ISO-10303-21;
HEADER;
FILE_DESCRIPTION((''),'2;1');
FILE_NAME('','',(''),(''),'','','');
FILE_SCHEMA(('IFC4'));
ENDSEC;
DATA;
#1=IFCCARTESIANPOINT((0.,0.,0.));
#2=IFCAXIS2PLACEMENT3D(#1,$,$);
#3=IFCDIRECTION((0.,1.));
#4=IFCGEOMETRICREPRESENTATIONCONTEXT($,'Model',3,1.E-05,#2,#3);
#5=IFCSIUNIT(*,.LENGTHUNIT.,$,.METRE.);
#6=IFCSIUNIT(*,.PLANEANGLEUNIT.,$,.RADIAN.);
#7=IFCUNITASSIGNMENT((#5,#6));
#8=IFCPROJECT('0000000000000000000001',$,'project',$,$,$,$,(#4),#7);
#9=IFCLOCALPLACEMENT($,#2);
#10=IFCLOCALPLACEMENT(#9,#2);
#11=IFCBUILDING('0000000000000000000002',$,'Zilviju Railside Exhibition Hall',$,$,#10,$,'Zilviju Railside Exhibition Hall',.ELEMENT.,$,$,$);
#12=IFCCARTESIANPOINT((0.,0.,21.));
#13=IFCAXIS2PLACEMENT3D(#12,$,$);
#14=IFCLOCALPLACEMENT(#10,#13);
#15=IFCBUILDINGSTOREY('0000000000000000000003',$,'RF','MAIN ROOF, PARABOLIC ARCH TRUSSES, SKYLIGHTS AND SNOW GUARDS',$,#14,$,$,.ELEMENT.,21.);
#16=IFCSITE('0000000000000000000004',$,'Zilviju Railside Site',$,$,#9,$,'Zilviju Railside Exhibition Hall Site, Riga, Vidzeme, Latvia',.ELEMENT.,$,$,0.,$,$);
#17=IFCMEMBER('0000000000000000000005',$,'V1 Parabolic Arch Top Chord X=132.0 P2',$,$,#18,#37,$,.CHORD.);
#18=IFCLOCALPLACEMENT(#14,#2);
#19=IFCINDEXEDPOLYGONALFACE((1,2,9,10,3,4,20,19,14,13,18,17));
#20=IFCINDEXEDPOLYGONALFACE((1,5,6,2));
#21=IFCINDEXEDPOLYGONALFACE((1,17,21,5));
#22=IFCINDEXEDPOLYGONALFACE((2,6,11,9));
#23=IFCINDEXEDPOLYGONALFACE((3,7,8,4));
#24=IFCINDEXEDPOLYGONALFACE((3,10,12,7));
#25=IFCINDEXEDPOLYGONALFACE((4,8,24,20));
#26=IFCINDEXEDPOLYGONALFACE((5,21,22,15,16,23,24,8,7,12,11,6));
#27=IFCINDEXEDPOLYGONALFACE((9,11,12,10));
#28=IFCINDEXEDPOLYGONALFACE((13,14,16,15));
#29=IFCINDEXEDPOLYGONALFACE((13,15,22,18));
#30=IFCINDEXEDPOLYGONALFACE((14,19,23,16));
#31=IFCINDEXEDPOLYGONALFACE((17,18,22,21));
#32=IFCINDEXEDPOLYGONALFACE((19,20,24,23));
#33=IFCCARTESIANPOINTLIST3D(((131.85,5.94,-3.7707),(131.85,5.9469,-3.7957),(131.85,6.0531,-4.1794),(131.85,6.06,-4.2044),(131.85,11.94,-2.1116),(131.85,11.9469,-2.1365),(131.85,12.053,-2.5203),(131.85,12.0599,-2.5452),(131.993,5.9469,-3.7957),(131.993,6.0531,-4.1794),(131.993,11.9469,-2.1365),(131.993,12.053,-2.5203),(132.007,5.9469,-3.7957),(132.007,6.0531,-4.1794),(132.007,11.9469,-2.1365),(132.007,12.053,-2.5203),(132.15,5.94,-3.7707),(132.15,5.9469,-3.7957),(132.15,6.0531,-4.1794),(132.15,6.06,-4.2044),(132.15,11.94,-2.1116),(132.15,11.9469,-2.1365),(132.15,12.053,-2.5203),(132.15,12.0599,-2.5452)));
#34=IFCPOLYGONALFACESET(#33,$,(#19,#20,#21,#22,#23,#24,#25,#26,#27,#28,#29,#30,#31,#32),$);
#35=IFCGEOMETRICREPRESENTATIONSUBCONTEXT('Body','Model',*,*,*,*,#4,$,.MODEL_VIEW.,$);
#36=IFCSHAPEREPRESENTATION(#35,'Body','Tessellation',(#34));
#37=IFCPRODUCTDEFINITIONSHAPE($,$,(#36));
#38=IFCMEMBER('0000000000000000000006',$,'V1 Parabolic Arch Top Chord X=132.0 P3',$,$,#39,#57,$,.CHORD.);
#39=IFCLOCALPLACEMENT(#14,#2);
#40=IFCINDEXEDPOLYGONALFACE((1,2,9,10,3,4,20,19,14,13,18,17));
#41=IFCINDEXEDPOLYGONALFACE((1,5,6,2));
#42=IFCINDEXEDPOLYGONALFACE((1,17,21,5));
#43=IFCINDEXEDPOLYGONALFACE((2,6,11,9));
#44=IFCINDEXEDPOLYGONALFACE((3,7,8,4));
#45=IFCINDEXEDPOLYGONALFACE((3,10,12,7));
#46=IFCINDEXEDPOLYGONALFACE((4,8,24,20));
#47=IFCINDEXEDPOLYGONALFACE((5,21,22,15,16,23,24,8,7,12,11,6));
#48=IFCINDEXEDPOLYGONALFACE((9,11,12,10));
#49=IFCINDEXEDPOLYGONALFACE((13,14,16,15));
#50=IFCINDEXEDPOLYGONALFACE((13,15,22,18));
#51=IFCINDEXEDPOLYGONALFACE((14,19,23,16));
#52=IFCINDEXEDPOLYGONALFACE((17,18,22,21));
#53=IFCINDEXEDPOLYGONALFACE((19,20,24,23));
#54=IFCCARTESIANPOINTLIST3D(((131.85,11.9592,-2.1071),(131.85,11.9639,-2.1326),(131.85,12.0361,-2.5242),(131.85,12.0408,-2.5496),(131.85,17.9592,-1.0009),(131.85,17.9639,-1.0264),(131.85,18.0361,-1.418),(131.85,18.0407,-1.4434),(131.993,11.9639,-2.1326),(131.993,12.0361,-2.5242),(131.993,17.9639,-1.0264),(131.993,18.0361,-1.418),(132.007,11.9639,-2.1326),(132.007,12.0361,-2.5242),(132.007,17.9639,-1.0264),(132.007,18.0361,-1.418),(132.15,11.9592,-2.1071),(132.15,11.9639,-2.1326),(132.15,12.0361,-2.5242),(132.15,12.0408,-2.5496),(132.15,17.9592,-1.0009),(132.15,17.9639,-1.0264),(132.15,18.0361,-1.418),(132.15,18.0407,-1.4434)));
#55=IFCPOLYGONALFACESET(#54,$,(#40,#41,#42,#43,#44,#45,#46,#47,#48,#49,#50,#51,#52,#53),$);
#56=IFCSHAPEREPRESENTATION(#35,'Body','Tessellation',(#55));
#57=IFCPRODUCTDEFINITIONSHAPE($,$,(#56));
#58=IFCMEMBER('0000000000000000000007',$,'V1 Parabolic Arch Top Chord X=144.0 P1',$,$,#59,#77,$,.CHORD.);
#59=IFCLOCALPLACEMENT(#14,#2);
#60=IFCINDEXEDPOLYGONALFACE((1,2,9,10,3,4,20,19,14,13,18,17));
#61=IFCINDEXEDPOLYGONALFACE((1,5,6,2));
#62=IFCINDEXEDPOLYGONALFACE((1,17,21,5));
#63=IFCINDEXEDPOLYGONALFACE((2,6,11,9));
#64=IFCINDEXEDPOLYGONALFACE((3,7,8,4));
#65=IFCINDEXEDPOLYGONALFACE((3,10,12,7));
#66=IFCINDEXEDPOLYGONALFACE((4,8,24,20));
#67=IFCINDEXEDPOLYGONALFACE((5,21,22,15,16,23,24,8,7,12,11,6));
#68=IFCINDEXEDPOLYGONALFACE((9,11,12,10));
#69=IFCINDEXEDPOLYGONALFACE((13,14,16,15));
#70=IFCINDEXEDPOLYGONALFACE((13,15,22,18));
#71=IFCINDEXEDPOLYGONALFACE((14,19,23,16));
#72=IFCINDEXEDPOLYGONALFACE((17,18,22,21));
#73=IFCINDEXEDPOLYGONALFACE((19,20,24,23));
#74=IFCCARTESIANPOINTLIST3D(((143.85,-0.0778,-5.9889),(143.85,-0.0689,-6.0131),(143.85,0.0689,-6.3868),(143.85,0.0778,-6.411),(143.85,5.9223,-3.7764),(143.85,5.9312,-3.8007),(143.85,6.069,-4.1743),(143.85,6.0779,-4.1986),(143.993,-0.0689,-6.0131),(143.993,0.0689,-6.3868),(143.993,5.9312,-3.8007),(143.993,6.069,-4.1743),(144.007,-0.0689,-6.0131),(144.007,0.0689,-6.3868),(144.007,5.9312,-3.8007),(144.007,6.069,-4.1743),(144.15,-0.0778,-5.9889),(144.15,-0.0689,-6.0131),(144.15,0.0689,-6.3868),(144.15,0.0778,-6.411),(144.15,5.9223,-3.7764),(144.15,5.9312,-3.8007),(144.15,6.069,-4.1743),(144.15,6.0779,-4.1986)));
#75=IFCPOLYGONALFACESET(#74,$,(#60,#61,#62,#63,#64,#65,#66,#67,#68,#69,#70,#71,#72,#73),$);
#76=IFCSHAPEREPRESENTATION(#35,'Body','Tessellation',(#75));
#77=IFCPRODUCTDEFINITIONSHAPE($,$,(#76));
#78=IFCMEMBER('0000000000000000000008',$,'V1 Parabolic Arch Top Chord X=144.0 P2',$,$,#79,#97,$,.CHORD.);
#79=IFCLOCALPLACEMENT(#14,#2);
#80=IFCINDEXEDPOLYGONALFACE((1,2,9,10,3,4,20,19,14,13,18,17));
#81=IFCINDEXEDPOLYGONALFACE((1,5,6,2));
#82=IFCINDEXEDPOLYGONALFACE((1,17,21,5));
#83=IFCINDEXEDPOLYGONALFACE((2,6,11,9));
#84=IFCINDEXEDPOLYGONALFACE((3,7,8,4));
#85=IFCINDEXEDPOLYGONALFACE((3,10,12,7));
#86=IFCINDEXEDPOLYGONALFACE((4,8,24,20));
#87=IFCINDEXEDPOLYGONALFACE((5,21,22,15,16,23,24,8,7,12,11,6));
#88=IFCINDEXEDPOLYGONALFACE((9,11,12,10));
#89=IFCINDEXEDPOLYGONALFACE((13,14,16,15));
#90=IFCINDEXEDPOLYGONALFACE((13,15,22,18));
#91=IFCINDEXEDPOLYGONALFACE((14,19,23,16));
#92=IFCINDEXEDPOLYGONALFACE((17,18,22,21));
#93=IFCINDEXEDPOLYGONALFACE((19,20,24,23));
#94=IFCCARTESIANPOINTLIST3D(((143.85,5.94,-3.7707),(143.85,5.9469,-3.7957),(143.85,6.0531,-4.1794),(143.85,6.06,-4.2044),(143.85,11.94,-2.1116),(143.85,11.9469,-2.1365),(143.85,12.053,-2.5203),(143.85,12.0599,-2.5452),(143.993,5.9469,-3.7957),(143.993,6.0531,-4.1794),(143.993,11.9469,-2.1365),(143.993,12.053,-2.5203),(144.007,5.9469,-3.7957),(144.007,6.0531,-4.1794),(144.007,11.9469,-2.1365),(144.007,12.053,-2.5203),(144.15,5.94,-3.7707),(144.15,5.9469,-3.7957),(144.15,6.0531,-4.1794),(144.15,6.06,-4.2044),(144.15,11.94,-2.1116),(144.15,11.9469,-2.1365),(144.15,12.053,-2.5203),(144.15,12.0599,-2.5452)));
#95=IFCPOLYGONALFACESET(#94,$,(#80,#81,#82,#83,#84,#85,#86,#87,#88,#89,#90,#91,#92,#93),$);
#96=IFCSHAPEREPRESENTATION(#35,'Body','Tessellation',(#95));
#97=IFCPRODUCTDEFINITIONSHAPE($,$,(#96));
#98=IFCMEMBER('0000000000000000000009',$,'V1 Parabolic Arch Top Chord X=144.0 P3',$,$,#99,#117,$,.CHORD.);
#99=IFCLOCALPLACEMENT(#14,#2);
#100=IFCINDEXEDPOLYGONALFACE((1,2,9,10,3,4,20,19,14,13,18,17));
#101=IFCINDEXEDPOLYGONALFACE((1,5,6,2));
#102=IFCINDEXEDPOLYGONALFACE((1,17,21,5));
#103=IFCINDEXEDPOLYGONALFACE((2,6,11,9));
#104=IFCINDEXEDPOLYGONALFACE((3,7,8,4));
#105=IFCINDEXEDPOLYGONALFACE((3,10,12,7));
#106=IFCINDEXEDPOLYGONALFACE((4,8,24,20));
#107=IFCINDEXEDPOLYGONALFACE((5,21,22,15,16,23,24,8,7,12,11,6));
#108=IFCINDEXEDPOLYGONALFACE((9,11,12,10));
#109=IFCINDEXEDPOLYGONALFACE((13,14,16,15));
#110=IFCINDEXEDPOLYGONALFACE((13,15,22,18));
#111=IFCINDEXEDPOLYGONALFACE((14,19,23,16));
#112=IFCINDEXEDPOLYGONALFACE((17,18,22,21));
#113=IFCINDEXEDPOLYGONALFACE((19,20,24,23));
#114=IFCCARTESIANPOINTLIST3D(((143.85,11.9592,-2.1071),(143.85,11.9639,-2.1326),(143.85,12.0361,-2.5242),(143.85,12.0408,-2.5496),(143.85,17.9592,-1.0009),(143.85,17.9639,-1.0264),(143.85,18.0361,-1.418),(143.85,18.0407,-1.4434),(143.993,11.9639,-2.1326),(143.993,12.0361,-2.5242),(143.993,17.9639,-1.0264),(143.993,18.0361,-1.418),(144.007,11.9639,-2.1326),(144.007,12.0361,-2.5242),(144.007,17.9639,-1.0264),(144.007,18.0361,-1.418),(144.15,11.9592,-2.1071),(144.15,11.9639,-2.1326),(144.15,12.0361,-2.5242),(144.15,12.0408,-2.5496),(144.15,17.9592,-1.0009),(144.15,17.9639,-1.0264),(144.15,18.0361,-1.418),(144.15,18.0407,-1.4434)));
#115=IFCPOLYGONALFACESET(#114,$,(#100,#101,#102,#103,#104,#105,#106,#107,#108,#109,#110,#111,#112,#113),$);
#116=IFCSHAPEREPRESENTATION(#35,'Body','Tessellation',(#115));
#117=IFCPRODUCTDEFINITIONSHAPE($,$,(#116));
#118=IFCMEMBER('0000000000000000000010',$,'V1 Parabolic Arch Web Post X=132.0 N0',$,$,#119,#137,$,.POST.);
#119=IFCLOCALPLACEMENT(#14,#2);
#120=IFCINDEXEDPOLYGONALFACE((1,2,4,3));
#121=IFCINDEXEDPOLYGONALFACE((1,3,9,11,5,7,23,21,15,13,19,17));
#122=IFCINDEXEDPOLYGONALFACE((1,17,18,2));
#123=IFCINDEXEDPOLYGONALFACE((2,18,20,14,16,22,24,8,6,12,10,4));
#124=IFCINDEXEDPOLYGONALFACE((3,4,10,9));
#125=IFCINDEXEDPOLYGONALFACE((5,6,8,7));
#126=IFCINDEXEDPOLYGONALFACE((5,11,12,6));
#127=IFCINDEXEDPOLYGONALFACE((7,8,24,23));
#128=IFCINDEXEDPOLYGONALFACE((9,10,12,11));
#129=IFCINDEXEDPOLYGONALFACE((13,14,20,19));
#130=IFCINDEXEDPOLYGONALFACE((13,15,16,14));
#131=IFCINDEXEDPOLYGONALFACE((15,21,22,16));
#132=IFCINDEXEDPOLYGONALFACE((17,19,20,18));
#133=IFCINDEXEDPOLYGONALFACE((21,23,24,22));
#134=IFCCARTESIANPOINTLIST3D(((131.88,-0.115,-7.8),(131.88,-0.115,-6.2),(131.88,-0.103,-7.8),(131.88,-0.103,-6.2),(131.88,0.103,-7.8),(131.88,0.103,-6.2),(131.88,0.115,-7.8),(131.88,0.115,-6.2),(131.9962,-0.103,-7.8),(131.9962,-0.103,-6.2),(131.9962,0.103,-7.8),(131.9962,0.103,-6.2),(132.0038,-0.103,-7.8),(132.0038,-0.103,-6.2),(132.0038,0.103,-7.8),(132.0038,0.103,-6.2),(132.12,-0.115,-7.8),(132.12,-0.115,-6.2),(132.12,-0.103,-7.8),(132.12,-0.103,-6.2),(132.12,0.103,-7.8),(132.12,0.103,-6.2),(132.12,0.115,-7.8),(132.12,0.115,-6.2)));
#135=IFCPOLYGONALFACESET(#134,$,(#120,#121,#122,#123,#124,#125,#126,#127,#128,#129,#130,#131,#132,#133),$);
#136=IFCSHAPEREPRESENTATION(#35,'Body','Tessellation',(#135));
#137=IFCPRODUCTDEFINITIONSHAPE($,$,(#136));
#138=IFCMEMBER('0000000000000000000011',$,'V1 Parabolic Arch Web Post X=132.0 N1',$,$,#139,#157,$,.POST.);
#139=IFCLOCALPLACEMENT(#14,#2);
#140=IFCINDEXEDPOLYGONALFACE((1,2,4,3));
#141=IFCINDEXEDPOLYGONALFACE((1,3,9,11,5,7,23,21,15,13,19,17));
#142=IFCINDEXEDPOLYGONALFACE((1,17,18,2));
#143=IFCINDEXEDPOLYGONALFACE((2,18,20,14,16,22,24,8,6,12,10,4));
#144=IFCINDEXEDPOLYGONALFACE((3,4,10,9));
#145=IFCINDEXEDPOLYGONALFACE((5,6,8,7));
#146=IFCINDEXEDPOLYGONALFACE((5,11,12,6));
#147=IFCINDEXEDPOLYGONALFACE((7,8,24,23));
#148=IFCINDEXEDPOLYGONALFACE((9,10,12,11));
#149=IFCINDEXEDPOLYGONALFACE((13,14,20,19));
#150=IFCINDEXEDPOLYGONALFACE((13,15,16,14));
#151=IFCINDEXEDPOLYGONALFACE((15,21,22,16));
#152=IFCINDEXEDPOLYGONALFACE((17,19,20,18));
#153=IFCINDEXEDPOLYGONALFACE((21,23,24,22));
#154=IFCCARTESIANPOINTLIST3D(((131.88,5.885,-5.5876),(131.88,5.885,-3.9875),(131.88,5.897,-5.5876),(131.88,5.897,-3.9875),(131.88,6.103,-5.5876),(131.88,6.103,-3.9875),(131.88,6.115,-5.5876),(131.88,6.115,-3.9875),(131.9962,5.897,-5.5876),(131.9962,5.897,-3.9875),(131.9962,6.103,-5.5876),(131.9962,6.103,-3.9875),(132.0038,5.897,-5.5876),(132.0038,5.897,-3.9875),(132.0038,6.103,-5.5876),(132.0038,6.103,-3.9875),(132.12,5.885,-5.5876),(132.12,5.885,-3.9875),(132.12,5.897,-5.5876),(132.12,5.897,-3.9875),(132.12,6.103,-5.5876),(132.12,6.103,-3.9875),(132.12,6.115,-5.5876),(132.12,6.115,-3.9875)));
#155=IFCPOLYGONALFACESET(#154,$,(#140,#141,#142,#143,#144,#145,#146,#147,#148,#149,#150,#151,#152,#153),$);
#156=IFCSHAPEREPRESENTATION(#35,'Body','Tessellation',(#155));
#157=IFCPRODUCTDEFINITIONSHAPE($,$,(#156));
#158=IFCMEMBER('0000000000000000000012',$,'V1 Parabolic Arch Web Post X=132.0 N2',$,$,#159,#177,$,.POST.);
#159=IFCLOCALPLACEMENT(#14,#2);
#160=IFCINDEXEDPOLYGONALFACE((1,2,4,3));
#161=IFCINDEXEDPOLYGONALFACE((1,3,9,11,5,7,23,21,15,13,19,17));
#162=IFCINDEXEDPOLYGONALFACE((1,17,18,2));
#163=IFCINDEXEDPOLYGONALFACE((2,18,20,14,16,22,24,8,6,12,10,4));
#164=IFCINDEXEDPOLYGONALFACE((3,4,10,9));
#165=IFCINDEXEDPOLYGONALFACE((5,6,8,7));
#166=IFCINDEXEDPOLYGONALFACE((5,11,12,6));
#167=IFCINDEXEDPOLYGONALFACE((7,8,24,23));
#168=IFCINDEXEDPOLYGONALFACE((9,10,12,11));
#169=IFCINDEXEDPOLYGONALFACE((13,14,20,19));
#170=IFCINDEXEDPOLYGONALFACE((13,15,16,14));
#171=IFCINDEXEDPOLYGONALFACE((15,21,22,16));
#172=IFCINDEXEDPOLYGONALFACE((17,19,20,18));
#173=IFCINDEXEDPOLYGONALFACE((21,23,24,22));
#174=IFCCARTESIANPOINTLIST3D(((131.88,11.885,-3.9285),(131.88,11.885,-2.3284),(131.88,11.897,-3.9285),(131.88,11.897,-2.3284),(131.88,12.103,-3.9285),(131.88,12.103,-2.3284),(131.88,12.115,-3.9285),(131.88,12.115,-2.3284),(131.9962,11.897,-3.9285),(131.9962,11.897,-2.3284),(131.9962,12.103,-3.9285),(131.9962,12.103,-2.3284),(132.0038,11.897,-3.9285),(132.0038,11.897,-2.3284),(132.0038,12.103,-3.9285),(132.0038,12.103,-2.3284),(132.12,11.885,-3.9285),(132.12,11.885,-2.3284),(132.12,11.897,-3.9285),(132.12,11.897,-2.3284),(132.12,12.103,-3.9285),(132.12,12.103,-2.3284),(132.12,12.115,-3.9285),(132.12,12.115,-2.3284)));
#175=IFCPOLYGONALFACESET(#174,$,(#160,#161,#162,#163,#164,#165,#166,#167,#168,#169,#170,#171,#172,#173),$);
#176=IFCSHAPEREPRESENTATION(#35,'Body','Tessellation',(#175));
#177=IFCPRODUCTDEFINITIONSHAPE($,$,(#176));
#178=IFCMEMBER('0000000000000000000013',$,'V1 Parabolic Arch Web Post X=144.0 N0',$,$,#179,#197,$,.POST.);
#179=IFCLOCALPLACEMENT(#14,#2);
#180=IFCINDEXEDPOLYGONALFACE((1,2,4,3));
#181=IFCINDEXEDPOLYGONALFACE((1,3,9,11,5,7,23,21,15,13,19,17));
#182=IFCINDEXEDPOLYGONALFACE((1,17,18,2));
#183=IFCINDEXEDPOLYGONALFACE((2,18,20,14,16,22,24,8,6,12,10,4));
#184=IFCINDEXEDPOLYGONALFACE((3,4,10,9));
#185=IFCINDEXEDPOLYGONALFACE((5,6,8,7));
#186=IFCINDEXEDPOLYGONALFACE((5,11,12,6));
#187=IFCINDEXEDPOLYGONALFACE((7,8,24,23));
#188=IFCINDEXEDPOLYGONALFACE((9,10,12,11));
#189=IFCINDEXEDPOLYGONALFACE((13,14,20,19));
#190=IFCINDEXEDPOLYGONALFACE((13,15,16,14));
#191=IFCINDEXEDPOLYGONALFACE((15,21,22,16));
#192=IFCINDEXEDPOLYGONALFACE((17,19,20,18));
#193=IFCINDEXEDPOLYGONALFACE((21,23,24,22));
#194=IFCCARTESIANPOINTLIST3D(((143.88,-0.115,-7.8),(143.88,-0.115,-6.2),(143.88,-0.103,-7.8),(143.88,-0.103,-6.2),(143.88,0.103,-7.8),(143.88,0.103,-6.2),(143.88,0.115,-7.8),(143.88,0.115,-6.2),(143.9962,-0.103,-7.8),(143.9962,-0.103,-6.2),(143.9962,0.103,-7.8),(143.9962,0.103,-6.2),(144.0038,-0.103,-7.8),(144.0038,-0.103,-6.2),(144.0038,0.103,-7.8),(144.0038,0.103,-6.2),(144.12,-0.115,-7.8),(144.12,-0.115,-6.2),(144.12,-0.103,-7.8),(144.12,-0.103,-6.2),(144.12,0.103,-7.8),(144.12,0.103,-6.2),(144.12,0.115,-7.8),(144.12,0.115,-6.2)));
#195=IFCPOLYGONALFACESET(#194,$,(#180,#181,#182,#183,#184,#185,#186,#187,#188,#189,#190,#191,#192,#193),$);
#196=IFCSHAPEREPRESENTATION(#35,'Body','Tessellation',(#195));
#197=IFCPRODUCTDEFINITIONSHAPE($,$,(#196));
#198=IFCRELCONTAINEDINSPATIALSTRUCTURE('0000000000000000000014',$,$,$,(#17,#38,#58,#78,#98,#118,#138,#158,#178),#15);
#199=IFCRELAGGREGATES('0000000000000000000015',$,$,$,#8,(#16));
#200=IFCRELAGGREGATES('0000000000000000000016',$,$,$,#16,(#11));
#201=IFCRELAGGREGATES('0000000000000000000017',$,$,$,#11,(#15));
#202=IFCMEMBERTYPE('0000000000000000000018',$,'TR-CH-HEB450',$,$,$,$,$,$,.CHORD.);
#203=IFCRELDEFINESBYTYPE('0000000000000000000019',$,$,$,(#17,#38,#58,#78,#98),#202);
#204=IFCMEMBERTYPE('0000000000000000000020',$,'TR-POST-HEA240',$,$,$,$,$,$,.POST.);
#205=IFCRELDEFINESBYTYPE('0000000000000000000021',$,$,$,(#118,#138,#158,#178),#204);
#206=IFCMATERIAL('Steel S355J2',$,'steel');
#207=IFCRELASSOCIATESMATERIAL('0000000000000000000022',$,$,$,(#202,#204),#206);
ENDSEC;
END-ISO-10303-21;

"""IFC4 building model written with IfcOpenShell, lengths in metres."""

from ifc_helpers import new_model, si_unit, direction, frame, origin, origin_2d, place, context, subcontext, project, spatial, i_section, extrude, material, material_profile, profile_set, type_object, element, save


model = new_model("IFC4")

# Units and contexts
model_context = context("Model", 3, precision=1e-05, world=origin(), true_north=direction((0.0, 1.0)))
body_context = subcontext(model_context, "Body", "Model", "MODEL_VIEW")
ifc_project = project(units=[si_unit("LENGTHUNIT", "METRE"), si_unit("PLANEANGLEUNIT", "RADIAN")], contexts=[model_context])

# Site, building, storey
site_placement = place(None, origin())
site = spatial("IfcSite", under=ifc_project, at=site_placement, Name="Zilviju Railside Site", LongName="Zilviju Railside Exhibition Hall Site, Riga, Vidzeme, Latvia", CompositionType="ELEMENT", RefElevation=0.0)
building_placement = place(site_placement, origin())
building = spatial("IfcBuilding", under=site, at=building_placement, Name="Zilviju Railside Exhibition Hall", LongName="Zilviju Railside Exhibition Hall", CompositionType="ELEMENT")
storey_placement = place(building_placement, frame((0.0, 0.0, 21.0)))
storey = spatial("IfcBuildingStorey", under=building, at=storey_placement, Name="RF", Description="MAIN ROOF, PARABOLIC ARCH TRUSSES, SKYLIGHTS AND SNOW GUARDS", CompositionType="ELEMENT", Elevation=21.0)

# Members
ifc_material_1 = material(Name="Steel S355J2", Category="steel")
ifc_material_profile_1 = material_profile(ifc_material_1, i_section(OverallWidth=0.3, OverallDepth=0.45, WebThickness=0.0139, FlangeThickness=0.0259, at=origin_2d()), Name="HEB 450")
ifc_profile_set_1 = profile_set([ifc_material_profile_1], Name="Steel S355J2")
member_type_1 = type_object("IfcMemberType", Name="TR-CH-HEB450", PredefinedType="CHORD", material=ifc_profile_set_1)
member_1_placement = place(storey_placement, frame((132.0, 6.0, -3.9875), z_axis=(0.0, 0.963827, 0.266527), x_axis=(-1.0, 0.0, 0.0)))
element("IfcMember", 1, at=member_1_placement, inside=storey, type_object=member_type_1, Name="V1 Parabolic Arch Top Chord X=132.0 P2", PredefinedType="CHORD", context=body_context, shape_type="SweptSolid", body=[
    extrude(i_section(OverallWidth=0.3, OverallDepth=0.45, WebThickness=0.0139, FlangeThickness=0.0259, at=origin_2d()), origin(), (0.0, 0.0, 1.0), 6.2251),
])
member_2_placement = place(storey_placement, frame((132.0, 12.0, -2.3284), z_axis=(0.0, 0.983426, 0.181311), x_axis=(-1.0, 0.0, 0.0)))
element("IfcMember", 2, at=member_2_placement, inside=storey, type_object=member_type_1, Name="V1 Parabolic Arch Top Chord X=132.0 P3", PredefinedType="CHORD", context=body_context, shape_type="SweptSolid", body=[
    extrude(i_section(OverallWidth=0.3, OverallDepth=0.45, WebThickness=0.0139, FlangeThickness=0.0259, at=origin_2d()), origin(), (0.0, 0.0, 1.0), 6.1011),
])
member_3_placement = place(storey_placement, frame((144.0, 0.0, -6.2), z_axis=(0.0, 0.938248, 0.345964), x_axis=(-1.0, 0.0, 0.0)))
element("IfcMember", 3, at=member_3_placement, inside=storey, type_object=member_type_1, Name="V1 Parabolic Arch Top Chord X=144.0 P1", PredefinedType="CHORD", context=body_context, shape_type="SweptSolid", body=[
    extrude(i_section(OverallWidth=0.3, OverallDepth=0.45, WebThickness=0.0139, FlangeThickness=0.0259, at=origin_2d()), origin(), (0.0, 0.0, 1.0), 6.395),
])
member_4_placement = place(storey_placement, frame((144.0, 6.0, -3.9875), z_axis=(0.0, 0.963827, 0.266527), x_axis=(-1.0, 0.0, 0.0)))
element("IfcMember", 4, at=member_4_placement, inside=storey, type_object=member_type_1, Name="V1 Parabolic Arch Top Chord X=144.0 P2", PredefinedType="CHORD", context=body_context, shape_type="SweptSolid", body=[
    extrude(i_section(OverallWidth=0.3, OverallDepth=0.45, WebThickness=0.0139, FlangeThickness=0.0259, at=origin_2d()), origin(), (0.0, 0.0, 1.0), 6.2251),
])
member_5_placement = place(storey_placement, frame((144.0, 12.0, -2.3284), z_axis=(0.0, 0.983426, 0.181311), x_axis=(-1.0, 0.0, 0.0)))
element("IfcMember", 5, at=member_5_placement, inside=storey, type_object=member_type_1, Name="V1 Parabolic Arch Top Chord X=144.0 P3", PredefinedType="CHORD", context=body_context, shape_type="SweptSolid", body=[
    extrude(i_section(OverallWidth=0.3, OverallDepth=0.45, WebThickness=0.0139, FlangeThickness=0.0259, at=origin_2d()), origin(), (0.0, 0.0, 1.0), 6.1011),
])
ifc_material_profile_2 = material_profile(ifc_material_1, i_section(OverallWidth=0.24, OverallDepth=0.23, WebThickness=0.0076, FlangeThickness=0.012, at=origin_2d()), Name="HEA 240")
ifc_profile_set_2 = profile_set([ifc_material_profile_2], Name="Steel S355J2")
member_type_2 = type_object("IfcMemberType", Name="TR-POST-HEA240", PredefinedType="POST", material=ifc_profile_set_2)
for number, where, z_axis, x_axis, name in (
    (6, (132.0, 0.0, -7.8), (0.0, 0.0, 1.0), (1.0, 0.0, 0.0), "V1 Parabolic Arch Web Post X=132.0 N0"),
    (7, (132.0, 6.0, -5.5876), (0.0, 0.0, 1.0), (1.0, 0.0, 0.0), "V1 Parabolic Arch Web Post X=132.0 N1"),
    (8, (132.0, 12.0, -3.9285), (0.0, 0.0, 1.0), (1.0, 0.0, 0.0), "V1 Parabolic Arch Web Post X=132.0 N2"),
    (9, (144.0, 0.0, -7.8), (0.0, 0.0, 1.0), (1.0, 0.0, 0.0), "V1 Parabolic Arch Web Post X=144.0 N0"),
):
    element("IfcMember", number, at=place(storey_placement, frame(where, z_axis=z_axis, x_axis=x_axis)), inside=storey, type_object=member_type_2, Name=name, PredefinedType="POST", context=body_context, shape_type="SweptSolid", body=[
        extrude(i_section(OverallWidth=0.24, OverallDepth=0.23, WebThickness=0.0076, FlangeThickness=0.012, at=origin_2d()), origin(), (0.0, 0.0, 1.0), 1.6001),
    ])

save(model, "model.ifc")
